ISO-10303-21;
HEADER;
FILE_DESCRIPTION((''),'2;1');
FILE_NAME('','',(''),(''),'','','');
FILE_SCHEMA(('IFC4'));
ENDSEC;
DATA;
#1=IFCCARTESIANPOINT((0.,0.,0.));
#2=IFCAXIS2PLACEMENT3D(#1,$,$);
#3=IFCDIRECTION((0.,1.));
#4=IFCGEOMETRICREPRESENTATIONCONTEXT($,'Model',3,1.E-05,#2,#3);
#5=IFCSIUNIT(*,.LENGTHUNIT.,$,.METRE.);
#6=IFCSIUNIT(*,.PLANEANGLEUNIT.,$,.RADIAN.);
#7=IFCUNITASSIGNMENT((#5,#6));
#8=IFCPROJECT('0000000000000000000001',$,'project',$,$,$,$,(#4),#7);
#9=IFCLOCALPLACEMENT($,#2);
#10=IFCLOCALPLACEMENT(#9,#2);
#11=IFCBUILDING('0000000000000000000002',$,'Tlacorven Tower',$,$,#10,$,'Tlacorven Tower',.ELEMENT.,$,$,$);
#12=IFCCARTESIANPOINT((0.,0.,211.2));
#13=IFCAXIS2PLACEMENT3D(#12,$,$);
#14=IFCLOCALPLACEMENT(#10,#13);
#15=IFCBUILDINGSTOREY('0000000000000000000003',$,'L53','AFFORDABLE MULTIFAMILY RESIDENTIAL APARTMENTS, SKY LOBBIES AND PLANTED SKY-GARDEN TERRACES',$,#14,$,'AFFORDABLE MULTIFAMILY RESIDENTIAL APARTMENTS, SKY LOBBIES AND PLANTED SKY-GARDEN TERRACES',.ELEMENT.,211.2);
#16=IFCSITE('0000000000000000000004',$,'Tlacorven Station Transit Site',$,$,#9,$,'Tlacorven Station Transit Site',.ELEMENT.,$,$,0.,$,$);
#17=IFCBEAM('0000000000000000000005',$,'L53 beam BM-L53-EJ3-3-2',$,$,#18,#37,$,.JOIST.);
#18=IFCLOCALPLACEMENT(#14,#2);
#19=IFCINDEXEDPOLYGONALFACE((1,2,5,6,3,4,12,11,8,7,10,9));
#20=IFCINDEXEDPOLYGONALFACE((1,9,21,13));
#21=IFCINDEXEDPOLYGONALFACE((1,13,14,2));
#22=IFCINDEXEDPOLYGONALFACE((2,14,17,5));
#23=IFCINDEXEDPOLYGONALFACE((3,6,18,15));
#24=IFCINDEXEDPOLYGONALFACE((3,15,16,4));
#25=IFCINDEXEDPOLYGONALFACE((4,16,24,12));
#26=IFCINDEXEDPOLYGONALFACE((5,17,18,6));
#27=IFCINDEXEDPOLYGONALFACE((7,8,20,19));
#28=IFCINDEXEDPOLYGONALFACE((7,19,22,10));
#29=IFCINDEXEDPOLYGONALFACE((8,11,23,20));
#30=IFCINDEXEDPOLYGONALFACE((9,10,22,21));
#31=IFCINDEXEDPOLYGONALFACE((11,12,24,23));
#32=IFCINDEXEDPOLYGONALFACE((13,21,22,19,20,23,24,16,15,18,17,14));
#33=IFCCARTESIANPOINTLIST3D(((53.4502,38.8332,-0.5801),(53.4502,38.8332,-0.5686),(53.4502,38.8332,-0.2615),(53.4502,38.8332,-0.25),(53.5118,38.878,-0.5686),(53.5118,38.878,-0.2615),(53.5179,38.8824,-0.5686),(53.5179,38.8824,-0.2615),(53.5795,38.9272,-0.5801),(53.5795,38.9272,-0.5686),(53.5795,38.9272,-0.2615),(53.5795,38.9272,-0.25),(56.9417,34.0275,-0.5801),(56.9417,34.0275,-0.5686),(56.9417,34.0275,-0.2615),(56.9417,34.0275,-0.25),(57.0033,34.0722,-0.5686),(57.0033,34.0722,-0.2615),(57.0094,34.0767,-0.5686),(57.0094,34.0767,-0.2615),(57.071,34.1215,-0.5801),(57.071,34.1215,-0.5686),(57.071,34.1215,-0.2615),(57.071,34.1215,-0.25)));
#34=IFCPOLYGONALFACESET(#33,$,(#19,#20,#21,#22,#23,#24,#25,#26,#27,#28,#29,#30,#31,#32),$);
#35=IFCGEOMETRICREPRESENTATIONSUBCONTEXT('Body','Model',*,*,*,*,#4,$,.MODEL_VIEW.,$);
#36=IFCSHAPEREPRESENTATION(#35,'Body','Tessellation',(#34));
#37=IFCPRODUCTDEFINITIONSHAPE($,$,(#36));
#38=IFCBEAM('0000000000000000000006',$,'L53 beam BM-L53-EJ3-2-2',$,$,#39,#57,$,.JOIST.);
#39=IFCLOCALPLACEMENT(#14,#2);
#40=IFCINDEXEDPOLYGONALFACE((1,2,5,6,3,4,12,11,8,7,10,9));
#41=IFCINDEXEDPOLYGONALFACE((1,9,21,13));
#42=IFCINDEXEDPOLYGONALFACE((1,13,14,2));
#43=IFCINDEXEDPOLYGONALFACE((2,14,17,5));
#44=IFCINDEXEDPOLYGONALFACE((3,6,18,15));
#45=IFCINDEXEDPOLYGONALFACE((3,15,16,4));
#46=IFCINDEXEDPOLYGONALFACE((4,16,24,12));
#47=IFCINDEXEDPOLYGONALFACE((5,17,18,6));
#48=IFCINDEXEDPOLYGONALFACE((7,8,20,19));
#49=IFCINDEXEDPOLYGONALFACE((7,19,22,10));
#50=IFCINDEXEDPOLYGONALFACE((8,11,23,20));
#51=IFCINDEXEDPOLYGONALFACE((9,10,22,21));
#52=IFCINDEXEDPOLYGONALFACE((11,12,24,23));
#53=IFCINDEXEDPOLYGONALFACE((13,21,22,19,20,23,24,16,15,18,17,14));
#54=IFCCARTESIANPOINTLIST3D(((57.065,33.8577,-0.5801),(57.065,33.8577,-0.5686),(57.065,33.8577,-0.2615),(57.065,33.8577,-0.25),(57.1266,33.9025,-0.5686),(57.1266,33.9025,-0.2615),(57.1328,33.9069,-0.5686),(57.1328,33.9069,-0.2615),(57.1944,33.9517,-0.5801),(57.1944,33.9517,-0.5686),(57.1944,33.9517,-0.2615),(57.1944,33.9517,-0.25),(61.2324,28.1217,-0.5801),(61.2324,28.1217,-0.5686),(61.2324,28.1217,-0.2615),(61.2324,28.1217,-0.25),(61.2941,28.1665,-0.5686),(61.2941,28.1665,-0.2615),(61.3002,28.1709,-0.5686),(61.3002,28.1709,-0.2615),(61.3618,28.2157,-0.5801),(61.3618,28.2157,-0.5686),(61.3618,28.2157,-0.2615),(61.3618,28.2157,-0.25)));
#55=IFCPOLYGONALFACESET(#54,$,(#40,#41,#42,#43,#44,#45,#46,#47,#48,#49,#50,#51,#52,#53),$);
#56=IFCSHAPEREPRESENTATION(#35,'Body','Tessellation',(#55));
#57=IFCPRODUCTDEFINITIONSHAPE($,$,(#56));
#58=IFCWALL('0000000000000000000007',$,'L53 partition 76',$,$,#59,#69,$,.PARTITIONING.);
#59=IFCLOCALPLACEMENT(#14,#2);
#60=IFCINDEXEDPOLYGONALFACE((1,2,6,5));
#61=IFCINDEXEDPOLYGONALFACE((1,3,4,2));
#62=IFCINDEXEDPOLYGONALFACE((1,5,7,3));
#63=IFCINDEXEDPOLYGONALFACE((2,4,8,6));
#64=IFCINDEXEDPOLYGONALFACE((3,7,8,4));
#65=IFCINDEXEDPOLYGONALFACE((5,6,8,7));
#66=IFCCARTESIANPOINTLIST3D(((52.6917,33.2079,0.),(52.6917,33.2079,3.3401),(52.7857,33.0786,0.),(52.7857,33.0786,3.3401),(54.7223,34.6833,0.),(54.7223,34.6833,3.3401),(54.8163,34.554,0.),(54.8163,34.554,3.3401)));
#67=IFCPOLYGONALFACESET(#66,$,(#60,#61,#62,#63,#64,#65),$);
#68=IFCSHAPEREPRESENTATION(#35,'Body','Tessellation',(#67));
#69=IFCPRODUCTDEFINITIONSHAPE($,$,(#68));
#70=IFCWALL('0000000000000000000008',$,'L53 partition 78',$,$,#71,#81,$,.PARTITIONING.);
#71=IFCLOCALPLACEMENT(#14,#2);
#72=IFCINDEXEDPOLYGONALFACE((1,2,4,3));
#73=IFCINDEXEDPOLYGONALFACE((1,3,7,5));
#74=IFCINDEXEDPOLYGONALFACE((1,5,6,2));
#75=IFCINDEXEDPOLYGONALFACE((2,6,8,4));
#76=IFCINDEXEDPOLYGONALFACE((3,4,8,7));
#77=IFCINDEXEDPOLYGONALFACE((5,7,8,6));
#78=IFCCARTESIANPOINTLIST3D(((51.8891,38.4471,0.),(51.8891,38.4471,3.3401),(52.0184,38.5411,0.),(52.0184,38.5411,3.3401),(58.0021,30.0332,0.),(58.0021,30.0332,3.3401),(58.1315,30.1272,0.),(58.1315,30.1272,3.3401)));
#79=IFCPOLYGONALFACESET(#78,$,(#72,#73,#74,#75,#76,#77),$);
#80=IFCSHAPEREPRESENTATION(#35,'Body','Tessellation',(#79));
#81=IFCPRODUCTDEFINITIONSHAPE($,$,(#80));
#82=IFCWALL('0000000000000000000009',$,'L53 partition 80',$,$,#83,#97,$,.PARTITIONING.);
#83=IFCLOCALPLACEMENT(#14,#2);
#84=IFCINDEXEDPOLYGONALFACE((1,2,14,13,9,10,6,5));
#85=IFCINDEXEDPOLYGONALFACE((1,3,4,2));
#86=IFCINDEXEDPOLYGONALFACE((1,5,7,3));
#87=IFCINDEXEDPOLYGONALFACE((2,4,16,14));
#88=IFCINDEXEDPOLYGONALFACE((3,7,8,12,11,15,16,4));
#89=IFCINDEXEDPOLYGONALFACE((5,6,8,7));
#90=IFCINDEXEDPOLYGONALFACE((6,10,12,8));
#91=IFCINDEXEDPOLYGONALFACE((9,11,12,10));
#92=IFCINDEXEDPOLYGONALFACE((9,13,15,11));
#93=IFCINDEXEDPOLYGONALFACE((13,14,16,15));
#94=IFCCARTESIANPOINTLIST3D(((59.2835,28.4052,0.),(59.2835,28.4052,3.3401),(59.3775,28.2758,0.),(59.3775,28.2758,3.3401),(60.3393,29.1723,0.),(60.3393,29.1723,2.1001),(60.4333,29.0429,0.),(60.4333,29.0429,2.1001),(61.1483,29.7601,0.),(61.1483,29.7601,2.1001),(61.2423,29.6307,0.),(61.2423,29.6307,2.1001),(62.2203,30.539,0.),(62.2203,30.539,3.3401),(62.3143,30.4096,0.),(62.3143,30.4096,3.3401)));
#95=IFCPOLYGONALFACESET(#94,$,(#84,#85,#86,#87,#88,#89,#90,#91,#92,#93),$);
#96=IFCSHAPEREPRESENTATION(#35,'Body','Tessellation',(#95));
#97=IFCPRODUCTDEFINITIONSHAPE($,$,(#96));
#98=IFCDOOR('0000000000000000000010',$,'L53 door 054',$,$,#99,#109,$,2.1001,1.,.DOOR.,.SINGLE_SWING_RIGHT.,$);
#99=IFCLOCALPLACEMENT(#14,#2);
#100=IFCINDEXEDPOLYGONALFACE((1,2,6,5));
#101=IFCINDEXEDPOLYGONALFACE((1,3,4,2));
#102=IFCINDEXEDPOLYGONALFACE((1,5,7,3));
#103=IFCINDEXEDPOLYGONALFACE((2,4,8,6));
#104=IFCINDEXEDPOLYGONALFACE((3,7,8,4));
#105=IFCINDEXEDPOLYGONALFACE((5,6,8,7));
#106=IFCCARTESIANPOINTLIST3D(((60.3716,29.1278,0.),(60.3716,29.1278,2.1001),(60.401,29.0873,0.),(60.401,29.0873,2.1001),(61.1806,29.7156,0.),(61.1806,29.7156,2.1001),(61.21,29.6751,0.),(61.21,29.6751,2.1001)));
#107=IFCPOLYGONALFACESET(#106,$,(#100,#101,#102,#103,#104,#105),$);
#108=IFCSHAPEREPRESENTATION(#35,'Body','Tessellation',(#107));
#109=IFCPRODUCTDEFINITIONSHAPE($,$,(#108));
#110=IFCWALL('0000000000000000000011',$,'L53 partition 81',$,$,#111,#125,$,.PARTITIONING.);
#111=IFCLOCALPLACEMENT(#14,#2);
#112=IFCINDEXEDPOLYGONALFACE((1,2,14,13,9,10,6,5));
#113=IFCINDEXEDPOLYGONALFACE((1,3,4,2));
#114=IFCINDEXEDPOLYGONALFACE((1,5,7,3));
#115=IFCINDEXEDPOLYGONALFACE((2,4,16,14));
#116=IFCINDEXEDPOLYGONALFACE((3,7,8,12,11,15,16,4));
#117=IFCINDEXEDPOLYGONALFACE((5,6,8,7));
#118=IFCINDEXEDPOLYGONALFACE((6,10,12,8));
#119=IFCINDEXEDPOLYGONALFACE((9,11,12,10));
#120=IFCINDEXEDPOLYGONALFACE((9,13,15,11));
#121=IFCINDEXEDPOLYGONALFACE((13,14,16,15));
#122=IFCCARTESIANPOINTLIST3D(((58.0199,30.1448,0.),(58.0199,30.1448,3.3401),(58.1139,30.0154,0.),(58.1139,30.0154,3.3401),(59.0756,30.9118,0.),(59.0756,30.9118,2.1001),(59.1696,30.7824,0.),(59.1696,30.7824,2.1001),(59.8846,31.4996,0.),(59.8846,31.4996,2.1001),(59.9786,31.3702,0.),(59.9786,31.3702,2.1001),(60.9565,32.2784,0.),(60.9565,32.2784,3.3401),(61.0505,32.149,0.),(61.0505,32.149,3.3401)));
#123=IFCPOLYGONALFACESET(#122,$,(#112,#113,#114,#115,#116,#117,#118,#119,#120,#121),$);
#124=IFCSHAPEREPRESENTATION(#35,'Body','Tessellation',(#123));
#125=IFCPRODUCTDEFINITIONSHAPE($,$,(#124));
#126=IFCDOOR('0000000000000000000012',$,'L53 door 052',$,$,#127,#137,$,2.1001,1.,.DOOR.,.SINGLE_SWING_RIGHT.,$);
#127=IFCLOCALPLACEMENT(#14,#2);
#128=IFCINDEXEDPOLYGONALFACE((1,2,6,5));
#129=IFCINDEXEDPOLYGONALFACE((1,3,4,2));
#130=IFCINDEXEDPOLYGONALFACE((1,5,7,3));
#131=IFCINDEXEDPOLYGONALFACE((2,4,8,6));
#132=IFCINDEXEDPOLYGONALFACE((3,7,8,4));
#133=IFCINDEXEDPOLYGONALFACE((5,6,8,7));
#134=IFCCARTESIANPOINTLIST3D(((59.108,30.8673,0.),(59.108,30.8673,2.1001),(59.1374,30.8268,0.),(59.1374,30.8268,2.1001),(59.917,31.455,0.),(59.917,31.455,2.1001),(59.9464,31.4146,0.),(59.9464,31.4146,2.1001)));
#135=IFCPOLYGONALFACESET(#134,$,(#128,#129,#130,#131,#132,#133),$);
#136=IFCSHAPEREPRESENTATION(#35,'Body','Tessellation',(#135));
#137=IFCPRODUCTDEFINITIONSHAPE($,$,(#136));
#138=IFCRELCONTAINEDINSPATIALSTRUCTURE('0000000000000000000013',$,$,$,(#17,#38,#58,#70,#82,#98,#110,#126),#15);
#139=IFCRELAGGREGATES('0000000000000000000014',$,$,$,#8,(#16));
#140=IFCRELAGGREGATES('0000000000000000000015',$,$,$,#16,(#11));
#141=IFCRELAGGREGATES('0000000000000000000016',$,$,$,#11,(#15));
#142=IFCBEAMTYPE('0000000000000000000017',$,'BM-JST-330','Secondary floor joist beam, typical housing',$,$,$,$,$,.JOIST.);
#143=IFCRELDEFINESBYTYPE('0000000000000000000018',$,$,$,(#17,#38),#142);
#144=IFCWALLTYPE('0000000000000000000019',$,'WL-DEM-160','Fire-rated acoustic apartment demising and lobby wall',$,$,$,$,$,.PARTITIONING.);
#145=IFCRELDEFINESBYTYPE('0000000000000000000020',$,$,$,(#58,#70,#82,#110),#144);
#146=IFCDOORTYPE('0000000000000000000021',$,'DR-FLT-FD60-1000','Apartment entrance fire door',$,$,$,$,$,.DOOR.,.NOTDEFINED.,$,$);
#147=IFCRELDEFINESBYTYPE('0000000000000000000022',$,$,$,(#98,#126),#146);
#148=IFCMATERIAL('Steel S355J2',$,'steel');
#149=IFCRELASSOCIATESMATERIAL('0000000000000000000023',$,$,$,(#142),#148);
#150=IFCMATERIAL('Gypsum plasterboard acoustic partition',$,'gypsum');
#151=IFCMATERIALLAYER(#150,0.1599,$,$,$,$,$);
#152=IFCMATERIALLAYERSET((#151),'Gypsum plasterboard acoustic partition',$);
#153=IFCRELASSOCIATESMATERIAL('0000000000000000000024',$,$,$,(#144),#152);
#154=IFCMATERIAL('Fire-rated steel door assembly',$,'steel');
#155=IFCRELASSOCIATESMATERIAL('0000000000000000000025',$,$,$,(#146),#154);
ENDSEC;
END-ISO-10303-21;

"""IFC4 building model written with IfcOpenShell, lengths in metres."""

from ifc_helpers import new_model, si_unit, direction, frame, frame_2d, origin, origin_2d, place, context, subcontext, project, spatial, rectangle, i_section, extrude, source, transform, mapped, material, layer, layer_set, material_profile, profile_set, type_object, element, fill, save


model = new_model("IFC4")

# Units and contexts
model_context = context("Model", 3, precision=1e-05, world=origin(), true_north=direction((0.0, 1.0)))
body_context = subcontext(model_context, "Body", "Model", "MODEL_VIEW")
ifc_project = project(units=[si_unit("LENGTHUNIT", "METRE"), si_unit("PLANEANGLEUNIT", "RADIAN")], contexts=[model_context])

# Site, building, storey
site_placement = place(None, origin())
site = spatial("IfcSite", under=ifc_project, at=site_placement, Name="Tlacorven Station Transit Site", LongName="Tlacorven Station Transit Site", CompositionType="ELEMENT", RefElevation=0.0)
building_placement = place(site_placement, origin())
building = spatial("IfcBuilding", under=site, at=building_placement, Name="Tlacorven Tower", LongName="Tlacorven Tower", CompositionType="ELEMENT")
storey_placement = place(building_placement, frame((0.0, 0.0, 211.2)))
storey = spatial("IfcBuildingStorey", under=building, at=storey_placement, Name="L53", Description="AFFORDABLE MULTIFAMILY RESIDENTIAL APARTMENTS, SKY LOBBIES AND PLANTED SKY-GARDEN TERRACES", LongName="AFFORDABLE MULTIFAMILY RESIDENTIAL APARTMENTS, SKY LOBBIES AND PLANTED SKY-GARDEN TERRACES", CompositionType="ELEMENT", Elevation=211.2)

# Beams
ifc_material_1 = material(Name="Steel S355J2", Category="steel")
ifc_material_profile_1 = material_profile(ifc_material_1, i_section(OverallWidth=0.1599, OverallDepth=0.3301, WebThickness=0.0076, FlangeThickness=0.0115, at=origin_2d()), Name="IPE 330")
ifc_profile_set_1 = profile_set([ifc_material_profile_1], Name="Steel S355J2")
beam_type_1 = type_object("IfcBeamType", Name="BM-JST-330", Description="Secondary floor joist beam, typical housing", PredefinedType="JOIST", material=ifc_profile_set_1)
shared_shape_1 = source(origin(), body_context, "Body", "SweptSolid", [
    extrude(i_section(OverallWidth=0.1599, OverallDepth=0.3301, WebThickness=0.0076, FlangeThickness=0.0115, at=origin_2d()), origin(), (0.0, 0.0, 1.0), 5.9402),
])
for number, where, z_axis, x_axis, name in (
    (1, (57.0063, 34.0745, -0.415), (-0.587778, 0.809022, 0.0), (-0.809022, -0.587778, 0.0), "L53 beam BM-L53-EJ3-3-2"),
):
    element("IfcBeam", number, at=place(storey_placement, frame(where, z_axis=z_axis, x_axis=x_axis)), inside=storey, type_object=beam_type_1, Name=name, PredefinedType="JOIST", context=body_context, shape_type="MappedRepresentation", body=[
        mapped(shared_shape_1, transform((0.0, 0.0, 0.0), scale=1.0)),
    ])
shared_shape_2 = source(origin(), body_context, "Body", "SweptSolid", [
    extrude(i_section(OverallWidth=0.1599, OverallDepth=0.3301, WebThickness=0.0076, FlangeThickness=0.0115, at=origin_2d()), origin(), (0.0, 0.0, 1.0), 7.0901),
])
beam_1_placement = place(storey_placement, frame((61.2971, 28.1687, -0.415), z_axis=(-0.587783, 0.809019, 0.0), x_axis=(-0.809019, -0.587783, 0.0)))
element("IfcBeam", 2, at=beam_1_placement, inside=storey, type_object=beam_type_1, Name="L53 beam BM-L53-EJ3-2-2", PredefinedType="JOIST", context=body_context, shape_type="MappedRepresentation", body=[
    mapped(shared_shape_2, transform((0.0, 0.0, 0.0), scale=1.0)),
])

# Walls
ifc_material_2 = material(Name="Gypsum plasterboard acoustic partition", Category="gypsum")
ifc_layer_1 = layer(ifc_material_2, 0.1599)
ifc_layer_set_1 = layer_set([ifc_layer_1], Name="Gypsum plasterboard acoustic partition")
wall_type_1 = type_object("IfcWallType", Name="WL-DEM-160", Description="Fire-rated acoustic apartment demising and lobby wall", PredefinedType="PARTITIONING", material=ifc_layer_set_1)
wall_1_placement = place(storey_placement, frame((52.7388, 33.1433, 0.0), z_axis=(0.0, 0.0, 1.0), x_axis=(0.809001, 0.587807, 0.0)))
element("IfcWall", 3, at=wall_1_placement, inside=storey, type_object=wall_type_1, Name="L53 partition 76", PredefinedType="PARTITIONING", context=body_context, shape_type="SweptSolid", body=[
    extrude(rectangle(XDim=2.51, YDim=0.1599, at=frame_2d((1.2549, 0.0))), origin(), (0.0, 0.0, 1.0), 3.3401),
])
wall_2_placement = place(storey_placement, frame((58.0669, 30.0801, 0.0), z_axis=(0.0, 0.0, 1.0), x_axis=(-0.587788, 0.809015, 0.0)))
element("IfcWall", 4, at=wall_2_placement, inside=storey, type_object=wall_type_1, Name="L53 partition 78", PredefinedType="PARTITIONING", context=body_context, shape_type="SweptSolid", body=[
    extrude(rectangle(XDim=10.4001, YDim=0.1599, at=frame_2d((5.2002, 0.0))), origin(), (0.0, 0.0, 1.0), 3.3401),
])

# Walls, openings, doors
wall_3_placement = place(storey_placement, frame((59.3306, 28.3406, 0.0), z_axis=(0.0, 0.0, 1.0), x_axis=(0.809004, 0.587804, 0.0)))
wall_3 = element("IfcWall", 5, at=wall_3_placement, inside=storey, type_object=wall_type_1, Name="L53 partition 80", PredefinedType="PARTITIONING", context=body_context, shape_type="SweptSolid", body=[
    extrude(rectangle(XDim=3.6301, YDim=0.1599, at=frame_2d((1.8149, 0.0))), origin(), (0.0, 0.0, 1.0), 3.3401),
])
opening_1_placement = place(wall_3_placement, frame((1.3049, 0.0, 0.0)))
opening_1 = element("IfcOpeningElement", 6, at=opening_1_placement, cuts=wall_3, PredefinedType="OPENING", context=body_context, shape_type="SweptSolid", body=[
    extrude(rectangle(XDim=1.0, YDim=2.1001, at=frame_2d((0.5, 1.05))), frame((0.0, 0.0898, 0.0), z_axis=(0.0, -1.0, 0.0), x_axis=(1.0, 0.0, 0.0)), (0.0, 0.0, 1.0), 0.1799),
])
ifc_material_3 = material(Name="Fire-rated steel door assembly", Category="steel")
door_type_1 = type_object("IfcDoorType", Name="DR-FLT-FD60-1000", Description="Apartment entrance fire door", OperationType="NOTDEFINED", PredefinedType="DOOR", material=ifc_material_3)
shared_shape_3 = source(origin(), body_context, "Body", "SweptSolid", [
    extrude(rectangle(XDim=1.0, YDim=2.1001, at=frame_2d((0.5, 1.05))), frame((0.0, 0.0249, 0.0), z_axis=(0.0, -1.0, 0.0), x_axis=(1.0, 0.0, 0.0)), (0.0, 0.0, 1.0), 0.05),
])
door_1_placement = place(opening_1_placement, origin())
door_1 = element("IfcDoor", 7, at=door_1_placement, inside=storey, type_object=door_type_1, Name="L53 door 054", OperationType="SINGLE_SWING_RIGHT", OverallHeight=2.1001, OverallWidth=1.0, PredefinedType="DOOR", context=body_context, shape_type="MappedRepresentation", body=[
    mapped(shared_shape_3, transform((0.0, 0.0, 0.0), scale=1.0)),
])
fill(opening_1, door_1)
wall_4_placement = place(storey_placement, frame((58.0669, 30.0801, 0.0), z_axis=(0.0, 0.0, 1.0), x_axis=(0.809012, 0.587792, 0.0)))
wall_4 = element("IfcWall", 8, at=wall_4_placement, inside=storey, type_object=wall_type_1, Name="L53 partition 81", PredefinedType="PARTITIONING", context=body_context, shape_type="SweptSolid", body=[
    extrude(rectangle(XDim=3.6299, YDim=0.1599, at=frame_2d((1.8149, 0.0))), origin(), (0.0, 0.0, 1.0), 3.3401),
])
opening_2_placement = place(wall_4_placement, frame((1.3049, 0.0, 0.0)))
opening_2 = element("IfcOpeningElement", 9, at=opening_2_placement, cuts=wall_4, PredefinedType="OPENING", context=body_context, shape_type="SweptSolid", body=[
    extrude(rectangle(XDim=1.0, YDim=2.1001, at=frame_2d((0.5, 1.05))), frame((0.0, 0.0898, 0.0), z_axis=(0.0, -1.0, 0.0), x_axis=(1.0, 0.0, 0.0)), (0.0, 0.0, 1.0), 0.1799),
])
door_2_placement = place(opening_2_placement, origin())
door_2 = element("IfcDoor", 10, at=door_2_placement, inside=storey, type_object=door_type_1, Name="L53 door 052", OperationType="SINGLE_SWING_RIGHT", OverallHeight=2.1001, OverallWidth=1.0, PredefinedType="DOOR", context=body_context, shape_type="MappedRepresentation", body=[
    mapped(shared_shape_3, transform((0.0, 0.0, 0.0), scale=1.0)),
])
fill(opening_2, door_2)

save(model, "model.ifc")
